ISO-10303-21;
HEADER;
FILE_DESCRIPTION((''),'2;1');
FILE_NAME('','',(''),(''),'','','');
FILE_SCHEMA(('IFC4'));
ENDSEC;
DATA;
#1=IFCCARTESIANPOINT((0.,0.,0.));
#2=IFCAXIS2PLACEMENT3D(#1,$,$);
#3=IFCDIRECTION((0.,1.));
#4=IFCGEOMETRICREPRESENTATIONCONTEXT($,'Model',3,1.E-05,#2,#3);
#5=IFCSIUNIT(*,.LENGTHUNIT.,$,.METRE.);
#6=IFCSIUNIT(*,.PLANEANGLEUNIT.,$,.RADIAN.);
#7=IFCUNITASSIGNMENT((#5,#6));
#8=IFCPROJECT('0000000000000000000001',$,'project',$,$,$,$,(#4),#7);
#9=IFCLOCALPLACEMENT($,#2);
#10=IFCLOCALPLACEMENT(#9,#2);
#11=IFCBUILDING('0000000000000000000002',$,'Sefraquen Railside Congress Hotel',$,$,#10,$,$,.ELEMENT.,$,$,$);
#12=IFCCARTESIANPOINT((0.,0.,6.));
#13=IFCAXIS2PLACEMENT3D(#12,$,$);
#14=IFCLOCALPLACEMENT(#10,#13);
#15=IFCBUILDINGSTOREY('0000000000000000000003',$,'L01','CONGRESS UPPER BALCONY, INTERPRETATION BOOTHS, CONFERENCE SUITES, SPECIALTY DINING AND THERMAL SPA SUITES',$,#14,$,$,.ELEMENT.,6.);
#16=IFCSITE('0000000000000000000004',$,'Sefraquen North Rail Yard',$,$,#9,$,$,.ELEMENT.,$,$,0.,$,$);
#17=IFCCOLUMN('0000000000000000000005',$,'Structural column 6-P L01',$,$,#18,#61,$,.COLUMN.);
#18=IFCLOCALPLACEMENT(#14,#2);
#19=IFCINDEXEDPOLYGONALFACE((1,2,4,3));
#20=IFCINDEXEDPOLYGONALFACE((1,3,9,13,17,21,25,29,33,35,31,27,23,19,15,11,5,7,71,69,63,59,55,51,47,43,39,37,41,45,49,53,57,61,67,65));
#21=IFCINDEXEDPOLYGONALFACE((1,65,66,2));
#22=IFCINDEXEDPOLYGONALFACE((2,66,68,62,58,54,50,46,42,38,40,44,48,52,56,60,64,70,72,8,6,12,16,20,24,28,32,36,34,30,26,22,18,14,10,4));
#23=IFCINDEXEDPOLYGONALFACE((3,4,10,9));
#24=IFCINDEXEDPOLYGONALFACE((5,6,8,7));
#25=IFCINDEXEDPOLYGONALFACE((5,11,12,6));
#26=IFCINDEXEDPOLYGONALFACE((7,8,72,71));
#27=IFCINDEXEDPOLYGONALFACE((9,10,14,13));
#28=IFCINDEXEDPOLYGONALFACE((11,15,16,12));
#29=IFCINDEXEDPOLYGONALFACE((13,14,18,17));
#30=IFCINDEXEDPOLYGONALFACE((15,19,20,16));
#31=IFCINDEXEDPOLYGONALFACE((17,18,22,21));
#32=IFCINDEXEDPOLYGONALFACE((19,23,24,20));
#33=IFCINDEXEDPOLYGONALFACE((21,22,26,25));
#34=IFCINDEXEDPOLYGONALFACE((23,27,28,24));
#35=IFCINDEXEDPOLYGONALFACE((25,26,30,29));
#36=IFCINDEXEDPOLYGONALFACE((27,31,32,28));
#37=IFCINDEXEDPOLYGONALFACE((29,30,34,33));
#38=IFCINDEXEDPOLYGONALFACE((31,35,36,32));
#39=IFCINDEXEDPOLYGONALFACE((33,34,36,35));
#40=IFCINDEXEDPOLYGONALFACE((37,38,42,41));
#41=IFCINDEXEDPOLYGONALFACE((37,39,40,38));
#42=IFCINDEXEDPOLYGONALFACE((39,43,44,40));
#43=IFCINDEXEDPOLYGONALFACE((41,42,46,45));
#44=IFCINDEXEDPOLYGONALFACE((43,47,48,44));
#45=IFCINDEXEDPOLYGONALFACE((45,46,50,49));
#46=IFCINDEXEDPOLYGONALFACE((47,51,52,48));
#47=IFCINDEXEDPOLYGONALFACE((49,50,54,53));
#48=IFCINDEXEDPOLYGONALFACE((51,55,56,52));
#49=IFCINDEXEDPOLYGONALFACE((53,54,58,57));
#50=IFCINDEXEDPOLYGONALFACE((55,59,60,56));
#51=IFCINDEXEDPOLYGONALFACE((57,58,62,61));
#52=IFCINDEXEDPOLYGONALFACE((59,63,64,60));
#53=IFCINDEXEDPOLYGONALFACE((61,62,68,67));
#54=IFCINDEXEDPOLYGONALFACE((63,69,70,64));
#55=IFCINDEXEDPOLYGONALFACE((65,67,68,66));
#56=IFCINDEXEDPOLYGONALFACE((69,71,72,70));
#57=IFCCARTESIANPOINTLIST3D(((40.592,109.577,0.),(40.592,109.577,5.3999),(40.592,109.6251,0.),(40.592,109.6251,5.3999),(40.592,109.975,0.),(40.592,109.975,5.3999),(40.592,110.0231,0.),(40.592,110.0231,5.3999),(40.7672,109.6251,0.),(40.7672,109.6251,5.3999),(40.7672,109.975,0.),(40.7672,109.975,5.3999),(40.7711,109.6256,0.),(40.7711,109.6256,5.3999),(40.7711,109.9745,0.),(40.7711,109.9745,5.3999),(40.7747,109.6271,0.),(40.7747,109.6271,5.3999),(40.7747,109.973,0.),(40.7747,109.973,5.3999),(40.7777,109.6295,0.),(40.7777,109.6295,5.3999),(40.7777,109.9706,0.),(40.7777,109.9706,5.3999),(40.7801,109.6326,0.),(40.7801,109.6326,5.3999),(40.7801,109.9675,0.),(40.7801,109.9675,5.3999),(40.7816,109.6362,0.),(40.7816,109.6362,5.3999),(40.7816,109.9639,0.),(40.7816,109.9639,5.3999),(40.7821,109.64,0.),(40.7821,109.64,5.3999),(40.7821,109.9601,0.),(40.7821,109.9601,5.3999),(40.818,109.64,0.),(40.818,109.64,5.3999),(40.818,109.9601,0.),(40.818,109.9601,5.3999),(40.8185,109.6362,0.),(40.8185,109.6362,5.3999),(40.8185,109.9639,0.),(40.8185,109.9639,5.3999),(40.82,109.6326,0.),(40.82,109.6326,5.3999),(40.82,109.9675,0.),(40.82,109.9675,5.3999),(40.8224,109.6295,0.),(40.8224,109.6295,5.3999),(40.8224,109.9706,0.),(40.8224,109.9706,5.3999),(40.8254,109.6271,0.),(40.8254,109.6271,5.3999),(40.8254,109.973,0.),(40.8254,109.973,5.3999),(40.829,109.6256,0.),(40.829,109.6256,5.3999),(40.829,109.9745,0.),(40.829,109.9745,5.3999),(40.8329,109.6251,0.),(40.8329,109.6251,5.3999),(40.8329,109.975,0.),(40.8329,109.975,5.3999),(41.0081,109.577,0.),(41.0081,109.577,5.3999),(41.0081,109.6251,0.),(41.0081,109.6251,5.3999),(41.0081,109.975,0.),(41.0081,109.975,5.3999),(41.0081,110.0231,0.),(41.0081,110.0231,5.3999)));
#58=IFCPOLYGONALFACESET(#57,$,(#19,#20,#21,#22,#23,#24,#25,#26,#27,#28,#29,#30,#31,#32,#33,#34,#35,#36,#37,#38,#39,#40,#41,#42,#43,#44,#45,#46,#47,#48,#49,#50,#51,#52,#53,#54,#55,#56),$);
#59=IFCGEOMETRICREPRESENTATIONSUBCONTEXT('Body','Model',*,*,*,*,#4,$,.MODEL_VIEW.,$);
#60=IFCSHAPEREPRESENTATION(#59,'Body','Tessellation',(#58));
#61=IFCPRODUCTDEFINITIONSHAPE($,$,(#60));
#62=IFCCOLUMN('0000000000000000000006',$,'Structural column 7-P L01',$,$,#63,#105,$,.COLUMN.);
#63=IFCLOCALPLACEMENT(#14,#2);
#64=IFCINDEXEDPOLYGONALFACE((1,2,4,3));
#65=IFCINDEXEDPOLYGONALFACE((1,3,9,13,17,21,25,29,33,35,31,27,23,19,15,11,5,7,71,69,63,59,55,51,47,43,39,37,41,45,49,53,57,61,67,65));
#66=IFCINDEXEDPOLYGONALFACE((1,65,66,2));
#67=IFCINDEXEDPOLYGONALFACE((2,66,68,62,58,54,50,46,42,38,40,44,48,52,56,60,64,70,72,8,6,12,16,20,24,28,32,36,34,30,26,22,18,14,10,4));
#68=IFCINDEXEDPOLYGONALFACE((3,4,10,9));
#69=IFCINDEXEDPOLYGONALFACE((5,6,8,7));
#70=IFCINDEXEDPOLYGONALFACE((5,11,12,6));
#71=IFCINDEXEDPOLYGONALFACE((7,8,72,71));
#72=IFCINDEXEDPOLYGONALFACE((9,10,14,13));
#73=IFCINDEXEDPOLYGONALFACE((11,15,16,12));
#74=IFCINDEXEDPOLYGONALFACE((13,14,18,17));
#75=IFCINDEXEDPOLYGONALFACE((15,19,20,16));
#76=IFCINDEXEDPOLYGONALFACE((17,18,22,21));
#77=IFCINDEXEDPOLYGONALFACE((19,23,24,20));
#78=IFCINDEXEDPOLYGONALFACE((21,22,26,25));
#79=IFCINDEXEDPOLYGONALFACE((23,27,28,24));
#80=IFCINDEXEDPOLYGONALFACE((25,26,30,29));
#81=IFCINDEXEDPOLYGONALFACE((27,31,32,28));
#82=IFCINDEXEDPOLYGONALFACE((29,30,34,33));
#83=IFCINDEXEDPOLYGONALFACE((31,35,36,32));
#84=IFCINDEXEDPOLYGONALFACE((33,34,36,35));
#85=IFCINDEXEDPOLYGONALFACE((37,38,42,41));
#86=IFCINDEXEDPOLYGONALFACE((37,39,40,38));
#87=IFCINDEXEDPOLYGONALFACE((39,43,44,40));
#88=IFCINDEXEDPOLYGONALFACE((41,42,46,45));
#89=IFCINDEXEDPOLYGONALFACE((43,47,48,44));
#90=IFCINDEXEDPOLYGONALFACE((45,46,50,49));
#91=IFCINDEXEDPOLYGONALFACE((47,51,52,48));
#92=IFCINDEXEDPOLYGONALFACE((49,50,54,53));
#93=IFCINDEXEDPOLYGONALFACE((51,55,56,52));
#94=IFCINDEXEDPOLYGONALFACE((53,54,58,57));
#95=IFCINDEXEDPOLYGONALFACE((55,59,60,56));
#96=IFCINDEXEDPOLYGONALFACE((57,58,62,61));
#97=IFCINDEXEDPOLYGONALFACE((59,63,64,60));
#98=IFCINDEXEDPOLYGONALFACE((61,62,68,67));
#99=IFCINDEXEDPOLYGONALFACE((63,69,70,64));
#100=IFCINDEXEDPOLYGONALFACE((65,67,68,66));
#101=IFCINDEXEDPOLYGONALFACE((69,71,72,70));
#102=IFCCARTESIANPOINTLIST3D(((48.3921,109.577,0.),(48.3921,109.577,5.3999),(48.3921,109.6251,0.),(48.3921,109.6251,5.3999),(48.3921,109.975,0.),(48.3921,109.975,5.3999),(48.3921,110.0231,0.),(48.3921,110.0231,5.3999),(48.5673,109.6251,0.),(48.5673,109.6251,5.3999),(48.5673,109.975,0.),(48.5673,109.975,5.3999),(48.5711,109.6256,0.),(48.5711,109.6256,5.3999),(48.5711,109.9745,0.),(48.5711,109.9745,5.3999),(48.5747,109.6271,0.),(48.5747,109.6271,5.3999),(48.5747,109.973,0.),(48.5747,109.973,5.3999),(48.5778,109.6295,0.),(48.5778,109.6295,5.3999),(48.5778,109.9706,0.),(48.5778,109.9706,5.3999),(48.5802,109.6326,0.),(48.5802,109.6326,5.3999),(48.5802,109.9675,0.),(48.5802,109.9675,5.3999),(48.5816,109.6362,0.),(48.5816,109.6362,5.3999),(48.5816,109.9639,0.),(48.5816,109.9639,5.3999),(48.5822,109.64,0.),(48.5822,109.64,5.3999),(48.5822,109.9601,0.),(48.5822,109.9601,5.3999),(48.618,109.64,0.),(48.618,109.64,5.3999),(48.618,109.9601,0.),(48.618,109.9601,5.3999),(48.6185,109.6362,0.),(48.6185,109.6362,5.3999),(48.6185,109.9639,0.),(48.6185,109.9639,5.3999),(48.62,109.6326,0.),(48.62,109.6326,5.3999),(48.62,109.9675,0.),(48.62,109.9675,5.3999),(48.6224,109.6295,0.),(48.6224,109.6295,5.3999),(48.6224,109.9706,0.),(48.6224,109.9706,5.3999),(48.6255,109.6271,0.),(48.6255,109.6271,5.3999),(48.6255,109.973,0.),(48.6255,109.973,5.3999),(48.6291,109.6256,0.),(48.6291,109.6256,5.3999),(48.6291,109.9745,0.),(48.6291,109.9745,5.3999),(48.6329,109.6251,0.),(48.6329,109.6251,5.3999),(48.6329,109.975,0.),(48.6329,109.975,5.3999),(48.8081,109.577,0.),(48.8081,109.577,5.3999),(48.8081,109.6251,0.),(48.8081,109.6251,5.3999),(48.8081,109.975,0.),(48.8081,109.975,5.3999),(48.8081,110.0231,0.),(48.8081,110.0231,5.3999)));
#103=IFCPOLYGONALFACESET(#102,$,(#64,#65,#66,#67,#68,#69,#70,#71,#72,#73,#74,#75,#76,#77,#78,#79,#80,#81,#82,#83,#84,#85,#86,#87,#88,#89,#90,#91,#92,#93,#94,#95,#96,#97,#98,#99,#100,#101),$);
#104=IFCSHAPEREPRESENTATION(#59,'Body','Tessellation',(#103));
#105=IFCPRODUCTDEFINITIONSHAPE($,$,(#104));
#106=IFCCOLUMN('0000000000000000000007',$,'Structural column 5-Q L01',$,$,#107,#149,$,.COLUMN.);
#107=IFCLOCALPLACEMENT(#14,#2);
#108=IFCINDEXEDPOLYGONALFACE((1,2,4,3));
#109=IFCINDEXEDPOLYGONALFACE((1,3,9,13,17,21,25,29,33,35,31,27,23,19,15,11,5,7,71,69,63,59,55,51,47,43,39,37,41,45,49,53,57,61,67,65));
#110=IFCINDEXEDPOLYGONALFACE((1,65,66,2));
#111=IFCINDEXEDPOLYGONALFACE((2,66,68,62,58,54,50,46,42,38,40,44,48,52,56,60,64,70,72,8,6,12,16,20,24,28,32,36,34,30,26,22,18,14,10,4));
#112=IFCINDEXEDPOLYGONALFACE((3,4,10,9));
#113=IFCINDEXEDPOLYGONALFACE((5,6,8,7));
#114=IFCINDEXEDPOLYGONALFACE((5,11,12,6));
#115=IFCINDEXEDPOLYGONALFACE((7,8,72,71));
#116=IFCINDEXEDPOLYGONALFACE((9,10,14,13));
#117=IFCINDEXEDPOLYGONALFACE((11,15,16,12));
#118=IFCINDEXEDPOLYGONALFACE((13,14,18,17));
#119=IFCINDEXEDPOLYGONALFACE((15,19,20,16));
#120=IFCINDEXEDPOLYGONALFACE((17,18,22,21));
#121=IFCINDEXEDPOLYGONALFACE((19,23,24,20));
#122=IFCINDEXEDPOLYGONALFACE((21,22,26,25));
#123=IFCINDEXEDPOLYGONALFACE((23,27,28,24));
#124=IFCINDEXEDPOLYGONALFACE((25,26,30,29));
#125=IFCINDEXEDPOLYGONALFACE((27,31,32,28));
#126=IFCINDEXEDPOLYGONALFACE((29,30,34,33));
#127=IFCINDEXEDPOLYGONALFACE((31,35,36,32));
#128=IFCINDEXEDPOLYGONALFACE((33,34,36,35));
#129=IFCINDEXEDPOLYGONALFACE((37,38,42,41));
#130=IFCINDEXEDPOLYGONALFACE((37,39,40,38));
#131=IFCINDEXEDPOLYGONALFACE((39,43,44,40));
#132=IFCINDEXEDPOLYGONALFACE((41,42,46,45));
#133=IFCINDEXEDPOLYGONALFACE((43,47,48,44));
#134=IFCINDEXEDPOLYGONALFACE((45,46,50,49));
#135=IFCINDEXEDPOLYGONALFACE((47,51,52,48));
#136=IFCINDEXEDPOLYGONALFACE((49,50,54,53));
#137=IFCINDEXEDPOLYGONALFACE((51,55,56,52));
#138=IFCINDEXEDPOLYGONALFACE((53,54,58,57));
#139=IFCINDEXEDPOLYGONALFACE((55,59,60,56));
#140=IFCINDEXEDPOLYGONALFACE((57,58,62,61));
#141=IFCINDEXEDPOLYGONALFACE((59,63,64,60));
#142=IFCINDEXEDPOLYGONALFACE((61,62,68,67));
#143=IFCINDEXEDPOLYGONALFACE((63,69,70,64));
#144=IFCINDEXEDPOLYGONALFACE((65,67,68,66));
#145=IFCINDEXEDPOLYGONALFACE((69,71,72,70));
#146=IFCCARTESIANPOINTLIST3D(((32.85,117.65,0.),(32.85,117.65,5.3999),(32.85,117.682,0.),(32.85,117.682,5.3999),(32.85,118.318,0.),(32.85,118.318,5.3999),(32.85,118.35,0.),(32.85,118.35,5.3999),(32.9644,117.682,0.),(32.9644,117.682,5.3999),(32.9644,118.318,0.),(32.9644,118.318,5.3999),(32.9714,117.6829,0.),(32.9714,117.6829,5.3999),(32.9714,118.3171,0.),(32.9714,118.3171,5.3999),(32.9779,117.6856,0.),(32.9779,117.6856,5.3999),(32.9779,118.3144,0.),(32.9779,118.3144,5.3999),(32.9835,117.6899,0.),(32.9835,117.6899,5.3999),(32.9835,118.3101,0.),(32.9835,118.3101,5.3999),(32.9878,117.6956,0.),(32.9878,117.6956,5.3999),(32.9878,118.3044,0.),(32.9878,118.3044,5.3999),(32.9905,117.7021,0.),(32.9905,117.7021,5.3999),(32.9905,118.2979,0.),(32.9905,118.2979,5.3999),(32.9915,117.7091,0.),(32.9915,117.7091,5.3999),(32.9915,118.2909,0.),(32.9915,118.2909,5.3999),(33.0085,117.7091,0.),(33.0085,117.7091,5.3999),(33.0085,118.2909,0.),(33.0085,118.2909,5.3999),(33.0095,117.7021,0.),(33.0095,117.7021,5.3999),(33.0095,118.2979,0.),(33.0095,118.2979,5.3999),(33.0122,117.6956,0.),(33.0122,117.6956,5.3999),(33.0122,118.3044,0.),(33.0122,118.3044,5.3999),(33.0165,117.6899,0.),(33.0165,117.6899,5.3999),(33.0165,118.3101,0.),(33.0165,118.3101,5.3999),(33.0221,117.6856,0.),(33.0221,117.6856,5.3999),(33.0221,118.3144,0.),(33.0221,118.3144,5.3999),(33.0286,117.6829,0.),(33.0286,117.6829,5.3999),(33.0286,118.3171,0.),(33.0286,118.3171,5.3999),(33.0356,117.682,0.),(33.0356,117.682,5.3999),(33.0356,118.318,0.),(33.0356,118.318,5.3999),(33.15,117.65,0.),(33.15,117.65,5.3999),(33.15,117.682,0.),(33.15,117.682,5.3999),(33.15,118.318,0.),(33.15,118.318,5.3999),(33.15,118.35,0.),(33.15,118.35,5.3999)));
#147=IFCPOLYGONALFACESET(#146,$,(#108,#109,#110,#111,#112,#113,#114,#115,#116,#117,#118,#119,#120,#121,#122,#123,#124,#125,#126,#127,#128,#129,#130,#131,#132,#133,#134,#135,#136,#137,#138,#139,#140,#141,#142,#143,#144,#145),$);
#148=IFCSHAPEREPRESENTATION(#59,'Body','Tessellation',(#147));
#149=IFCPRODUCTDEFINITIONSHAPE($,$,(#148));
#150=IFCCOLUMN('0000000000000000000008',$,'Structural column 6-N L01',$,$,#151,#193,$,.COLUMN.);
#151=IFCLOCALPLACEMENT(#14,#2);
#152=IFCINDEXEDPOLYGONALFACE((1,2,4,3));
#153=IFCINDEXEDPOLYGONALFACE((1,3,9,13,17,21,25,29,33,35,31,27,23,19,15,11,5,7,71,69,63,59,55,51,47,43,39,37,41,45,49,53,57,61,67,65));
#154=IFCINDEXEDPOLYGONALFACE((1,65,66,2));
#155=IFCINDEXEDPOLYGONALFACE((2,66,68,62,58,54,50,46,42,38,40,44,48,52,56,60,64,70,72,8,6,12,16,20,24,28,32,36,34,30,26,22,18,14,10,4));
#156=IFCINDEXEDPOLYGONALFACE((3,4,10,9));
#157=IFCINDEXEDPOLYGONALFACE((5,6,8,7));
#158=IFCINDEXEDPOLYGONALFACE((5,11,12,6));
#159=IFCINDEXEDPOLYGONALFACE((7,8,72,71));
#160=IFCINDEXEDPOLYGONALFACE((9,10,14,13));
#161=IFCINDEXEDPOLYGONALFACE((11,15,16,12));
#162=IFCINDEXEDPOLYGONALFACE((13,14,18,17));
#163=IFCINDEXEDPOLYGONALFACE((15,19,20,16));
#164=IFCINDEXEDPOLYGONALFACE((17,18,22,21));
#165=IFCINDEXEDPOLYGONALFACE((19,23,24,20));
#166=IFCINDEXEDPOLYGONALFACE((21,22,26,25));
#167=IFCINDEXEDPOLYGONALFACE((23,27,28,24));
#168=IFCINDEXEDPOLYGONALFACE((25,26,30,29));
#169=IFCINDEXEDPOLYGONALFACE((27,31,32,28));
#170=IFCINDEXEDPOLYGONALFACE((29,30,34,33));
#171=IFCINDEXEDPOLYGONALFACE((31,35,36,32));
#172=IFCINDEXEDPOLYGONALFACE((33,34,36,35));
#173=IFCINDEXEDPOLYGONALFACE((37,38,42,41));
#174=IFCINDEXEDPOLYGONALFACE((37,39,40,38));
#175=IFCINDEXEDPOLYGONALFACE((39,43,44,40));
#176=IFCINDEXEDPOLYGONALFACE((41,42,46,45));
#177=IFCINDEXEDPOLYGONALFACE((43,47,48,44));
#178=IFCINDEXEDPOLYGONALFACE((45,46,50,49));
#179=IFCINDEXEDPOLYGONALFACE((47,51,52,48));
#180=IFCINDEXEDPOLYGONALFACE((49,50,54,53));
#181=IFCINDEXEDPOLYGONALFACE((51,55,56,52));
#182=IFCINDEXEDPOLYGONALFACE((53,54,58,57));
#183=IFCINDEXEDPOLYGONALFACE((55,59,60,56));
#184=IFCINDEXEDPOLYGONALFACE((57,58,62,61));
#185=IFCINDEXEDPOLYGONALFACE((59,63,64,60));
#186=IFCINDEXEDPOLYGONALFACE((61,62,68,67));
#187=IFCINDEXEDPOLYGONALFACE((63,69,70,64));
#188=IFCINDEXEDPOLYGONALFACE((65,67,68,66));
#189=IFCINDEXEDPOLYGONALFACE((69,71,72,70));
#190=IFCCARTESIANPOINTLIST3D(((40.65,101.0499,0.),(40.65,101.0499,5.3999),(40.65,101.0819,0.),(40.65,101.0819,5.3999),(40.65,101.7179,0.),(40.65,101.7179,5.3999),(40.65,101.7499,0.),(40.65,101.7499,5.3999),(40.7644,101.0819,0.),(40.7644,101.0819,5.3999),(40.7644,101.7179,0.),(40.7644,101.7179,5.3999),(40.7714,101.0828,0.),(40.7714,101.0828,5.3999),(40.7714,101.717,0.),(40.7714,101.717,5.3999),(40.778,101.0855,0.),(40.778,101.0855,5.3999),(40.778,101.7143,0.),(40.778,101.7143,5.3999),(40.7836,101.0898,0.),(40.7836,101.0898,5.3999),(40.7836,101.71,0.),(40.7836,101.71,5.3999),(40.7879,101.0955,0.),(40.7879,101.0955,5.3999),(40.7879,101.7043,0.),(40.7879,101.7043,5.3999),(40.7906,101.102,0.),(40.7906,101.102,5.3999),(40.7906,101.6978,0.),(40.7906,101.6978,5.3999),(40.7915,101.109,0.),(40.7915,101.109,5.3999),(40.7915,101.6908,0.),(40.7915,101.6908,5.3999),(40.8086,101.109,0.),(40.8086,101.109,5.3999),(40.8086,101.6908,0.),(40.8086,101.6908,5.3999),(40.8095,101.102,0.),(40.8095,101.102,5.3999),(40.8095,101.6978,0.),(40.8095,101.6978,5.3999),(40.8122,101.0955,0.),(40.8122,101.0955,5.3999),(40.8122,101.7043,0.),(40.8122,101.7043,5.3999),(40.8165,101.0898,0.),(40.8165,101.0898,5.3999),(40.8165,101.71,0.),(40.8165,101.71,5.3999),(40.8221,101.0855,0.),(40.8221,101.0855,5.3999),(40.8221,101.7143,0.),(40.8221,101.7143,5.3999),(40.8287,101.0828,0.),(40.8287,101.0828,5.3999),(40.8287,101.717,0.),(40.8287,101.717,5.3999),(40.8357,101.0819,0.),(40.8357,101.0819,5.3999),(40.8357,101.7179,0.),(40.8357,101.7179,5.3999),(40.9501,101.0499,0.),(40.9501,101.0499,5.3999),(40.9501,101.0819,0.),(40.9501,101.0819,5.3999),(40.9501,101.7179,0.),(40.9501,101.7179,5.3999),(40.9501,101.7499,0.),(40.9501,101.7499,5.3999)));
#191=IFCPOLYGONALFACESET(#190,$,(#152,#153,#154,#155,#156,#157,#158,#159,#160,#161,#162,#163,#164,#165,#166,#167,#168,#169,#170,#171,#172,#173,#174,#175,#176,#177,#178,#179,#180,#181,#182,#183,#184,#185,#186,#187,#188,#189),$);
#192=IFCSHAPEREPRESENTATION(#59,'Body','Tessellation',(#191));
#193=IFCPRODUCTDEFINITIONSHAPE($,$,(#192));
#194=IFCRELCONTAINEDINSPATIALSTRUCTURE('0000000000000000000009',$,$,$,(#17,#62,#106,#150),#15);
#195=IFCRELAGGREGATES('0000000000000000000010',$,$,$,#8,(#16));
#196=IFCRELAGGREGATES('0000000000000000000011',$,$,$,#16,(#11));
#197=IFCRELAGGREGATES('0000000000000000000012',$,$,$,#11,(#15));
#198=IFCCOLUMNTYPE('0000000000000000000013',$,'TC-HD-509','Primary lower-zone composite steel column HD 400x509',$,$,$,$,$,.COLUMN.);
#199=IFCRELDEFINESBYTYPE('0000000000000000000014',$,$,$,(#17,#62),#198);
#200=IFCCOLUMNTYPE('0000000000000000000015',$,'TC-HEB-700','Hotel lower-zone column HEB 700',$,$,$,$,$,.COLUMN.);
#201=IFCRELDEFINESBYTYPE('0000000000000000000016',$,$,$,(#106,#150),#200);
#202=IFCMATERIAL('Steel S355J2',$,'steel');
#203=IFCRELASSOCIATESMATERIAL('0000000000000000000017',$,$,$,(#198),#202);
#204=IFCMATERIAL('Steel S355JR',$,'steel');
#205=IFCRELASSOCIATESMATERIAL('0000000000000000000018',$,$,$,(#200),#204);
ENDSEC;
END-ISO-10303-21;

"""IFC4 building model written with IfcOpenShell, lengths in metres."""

from ifc_helpers import new_model, si_unit, direction, frame, origin, origin_2d, place, context, subcontext, project, spatial, i_section, extrude, material, material_profile, profile_set, type_object, element, save


model = new_model("IFC4")

# Units and contexts
model_context = context("Model", 3, precision=1e-05, world=origin(), true_north=direction((0.0, 1.0)))
body_context = subcontext(model_context, "Body", "Model", "MODEL_VIEW")
ifc_project = project(units=[si_unit("LENGTHUNIT", "METRE"), si_unit("PLANEANGLEUNIT", "RADIAN")], contexts=[model_context])

# Site, building, storey
site_placement = place(None, origin())
site = spatial("IfcSite", under=ifc_project, at=site_placement, Name="Sefraquen North Rail Yard", CompositionType="ELEMENT", RefElevation=0.0)
building_placement = place(site_placement, origin())
building = spatial("IfcBuilding", under=site, at=building_placement, Name="Sefraquen Railside Congress Hotel", CompositionType="ELEMENT")
storey_placement = place(building_placement, frame((0.0, 0.0, 6.0)))
storey = spatial("IfcBuildingStorey", under=building, at=storey_placement, Name="L01", Description="CONGRESS UPPER BALCONY, INTERPRETATION BOOTHS, CONFERENCE SUITES, SPECIALTY DINING AND THERMAL SPA SUITES", CompositionType="ELEMENT", Elevation=6.0)

# Columns
ifc_material_1 = material(Name="Steel S355J2", Category="steel")
ifc_material_profile_1 = material_profile(ifc_material_1, i_section(OverallWidth=0.416, OverallDepth=0.446, WebThickness=0.0359, FlangeThickness=0.0481, FilletRadius=0.0149, at=origin_2d()), Name="HD 400x509")
ifc_profile_set_1 = profile_set([ifc_material_profile_1], Name="Steel S355J2")
column_type_1 = type_object("IfcColumnType", Name="TC-HD-509", Description="Primary lower-zone composite steel column HD 400x509", PredefinedType="COLUMN", material=ifc_profile_set_1)
for number, where, z_axis, x_axis, name in (
    (1, (40.8, 109.8, 0.0), (0.0, 0.0, 1.0), (1.0, 0.0, 0.0), "Structural column 6-P L01"),
    (2, (48.6001, 109.8, 0.0), (0.0, 0.0, 1.0), (1.0, 0.0, 0.0), "Structural column 7-P L01"),
):
    element("IfcColumn", number, at=place(storey_placement, frame(where, z_axis=z_axis, x_axis=x_axis)), inside=storey, type_object=column_type_1, Name=name, PredefinedType="COLUMN", context=body_context, shape_type="SweptSolid", body=[
        extrude(i_section(OverallWidth=0.416, OverallDepth=0.446, WebThickness=0.0359, FlangeThickness=0.0481, FilletRadius=0.0149, at=origin_2d()), origin(), (0.0, 0.0, 1.0), 5.3999),
    ])
ifc_material_2 = material(Name="Steel S355JR", Category="steel")
ifc_material_profile_2 = material_profile(ifc_material_2, i_section(OverallWidth=0.3, OverallDepth=0.7, WebThickness=0.0171, FlangeThickness=0.032, FilletRadius=0.0271, at=origin_2d()), Name="HEB 700")
ifc_profile_set_2 = profile_set([ifc_material_profile_2], Name="Steel S355JR")
column_type_2 = type_object("IfcColumnType", Name="TC-HEB-700", Description="Hotel lower-zone column HEB 700", PredefinedType="COLUMN", material=ifc_profile_set_2)
for number, where, z_axis, x_axis, name in (
    (3, (33.0, 118.0, 0.0), (0.0, 0.0, 1.0), (1.0, 0.0, 0.0), "Structural column 5-Q L01"),
    (4, (40.8, 101.3999, 0.0), (0.0, 0.0, 1.0), (1.0, 0.0, 0.0), "Structural column 6-N L01"),
):
    element("IfcColumn", number, at=place(storey_placement, frame(where, z_axis=z_axis, x_axis=x_axis)), inside=storey, type_object=column_type_2, Name=name, PredefinedType="COLUMN", context=body_context, shape_type="SweptSolid", body=[
        extrude(i_section(OverallWidth=0.3, OverallDepth=0.7, WebThickness=0.0171, FlangeThickness=0.032, FilletRadius=0.0271, at=origin_2d()), origin(), (0.0, 0.0, 1.0), 5.3999),
    ])

save(model, "model.ifc")
